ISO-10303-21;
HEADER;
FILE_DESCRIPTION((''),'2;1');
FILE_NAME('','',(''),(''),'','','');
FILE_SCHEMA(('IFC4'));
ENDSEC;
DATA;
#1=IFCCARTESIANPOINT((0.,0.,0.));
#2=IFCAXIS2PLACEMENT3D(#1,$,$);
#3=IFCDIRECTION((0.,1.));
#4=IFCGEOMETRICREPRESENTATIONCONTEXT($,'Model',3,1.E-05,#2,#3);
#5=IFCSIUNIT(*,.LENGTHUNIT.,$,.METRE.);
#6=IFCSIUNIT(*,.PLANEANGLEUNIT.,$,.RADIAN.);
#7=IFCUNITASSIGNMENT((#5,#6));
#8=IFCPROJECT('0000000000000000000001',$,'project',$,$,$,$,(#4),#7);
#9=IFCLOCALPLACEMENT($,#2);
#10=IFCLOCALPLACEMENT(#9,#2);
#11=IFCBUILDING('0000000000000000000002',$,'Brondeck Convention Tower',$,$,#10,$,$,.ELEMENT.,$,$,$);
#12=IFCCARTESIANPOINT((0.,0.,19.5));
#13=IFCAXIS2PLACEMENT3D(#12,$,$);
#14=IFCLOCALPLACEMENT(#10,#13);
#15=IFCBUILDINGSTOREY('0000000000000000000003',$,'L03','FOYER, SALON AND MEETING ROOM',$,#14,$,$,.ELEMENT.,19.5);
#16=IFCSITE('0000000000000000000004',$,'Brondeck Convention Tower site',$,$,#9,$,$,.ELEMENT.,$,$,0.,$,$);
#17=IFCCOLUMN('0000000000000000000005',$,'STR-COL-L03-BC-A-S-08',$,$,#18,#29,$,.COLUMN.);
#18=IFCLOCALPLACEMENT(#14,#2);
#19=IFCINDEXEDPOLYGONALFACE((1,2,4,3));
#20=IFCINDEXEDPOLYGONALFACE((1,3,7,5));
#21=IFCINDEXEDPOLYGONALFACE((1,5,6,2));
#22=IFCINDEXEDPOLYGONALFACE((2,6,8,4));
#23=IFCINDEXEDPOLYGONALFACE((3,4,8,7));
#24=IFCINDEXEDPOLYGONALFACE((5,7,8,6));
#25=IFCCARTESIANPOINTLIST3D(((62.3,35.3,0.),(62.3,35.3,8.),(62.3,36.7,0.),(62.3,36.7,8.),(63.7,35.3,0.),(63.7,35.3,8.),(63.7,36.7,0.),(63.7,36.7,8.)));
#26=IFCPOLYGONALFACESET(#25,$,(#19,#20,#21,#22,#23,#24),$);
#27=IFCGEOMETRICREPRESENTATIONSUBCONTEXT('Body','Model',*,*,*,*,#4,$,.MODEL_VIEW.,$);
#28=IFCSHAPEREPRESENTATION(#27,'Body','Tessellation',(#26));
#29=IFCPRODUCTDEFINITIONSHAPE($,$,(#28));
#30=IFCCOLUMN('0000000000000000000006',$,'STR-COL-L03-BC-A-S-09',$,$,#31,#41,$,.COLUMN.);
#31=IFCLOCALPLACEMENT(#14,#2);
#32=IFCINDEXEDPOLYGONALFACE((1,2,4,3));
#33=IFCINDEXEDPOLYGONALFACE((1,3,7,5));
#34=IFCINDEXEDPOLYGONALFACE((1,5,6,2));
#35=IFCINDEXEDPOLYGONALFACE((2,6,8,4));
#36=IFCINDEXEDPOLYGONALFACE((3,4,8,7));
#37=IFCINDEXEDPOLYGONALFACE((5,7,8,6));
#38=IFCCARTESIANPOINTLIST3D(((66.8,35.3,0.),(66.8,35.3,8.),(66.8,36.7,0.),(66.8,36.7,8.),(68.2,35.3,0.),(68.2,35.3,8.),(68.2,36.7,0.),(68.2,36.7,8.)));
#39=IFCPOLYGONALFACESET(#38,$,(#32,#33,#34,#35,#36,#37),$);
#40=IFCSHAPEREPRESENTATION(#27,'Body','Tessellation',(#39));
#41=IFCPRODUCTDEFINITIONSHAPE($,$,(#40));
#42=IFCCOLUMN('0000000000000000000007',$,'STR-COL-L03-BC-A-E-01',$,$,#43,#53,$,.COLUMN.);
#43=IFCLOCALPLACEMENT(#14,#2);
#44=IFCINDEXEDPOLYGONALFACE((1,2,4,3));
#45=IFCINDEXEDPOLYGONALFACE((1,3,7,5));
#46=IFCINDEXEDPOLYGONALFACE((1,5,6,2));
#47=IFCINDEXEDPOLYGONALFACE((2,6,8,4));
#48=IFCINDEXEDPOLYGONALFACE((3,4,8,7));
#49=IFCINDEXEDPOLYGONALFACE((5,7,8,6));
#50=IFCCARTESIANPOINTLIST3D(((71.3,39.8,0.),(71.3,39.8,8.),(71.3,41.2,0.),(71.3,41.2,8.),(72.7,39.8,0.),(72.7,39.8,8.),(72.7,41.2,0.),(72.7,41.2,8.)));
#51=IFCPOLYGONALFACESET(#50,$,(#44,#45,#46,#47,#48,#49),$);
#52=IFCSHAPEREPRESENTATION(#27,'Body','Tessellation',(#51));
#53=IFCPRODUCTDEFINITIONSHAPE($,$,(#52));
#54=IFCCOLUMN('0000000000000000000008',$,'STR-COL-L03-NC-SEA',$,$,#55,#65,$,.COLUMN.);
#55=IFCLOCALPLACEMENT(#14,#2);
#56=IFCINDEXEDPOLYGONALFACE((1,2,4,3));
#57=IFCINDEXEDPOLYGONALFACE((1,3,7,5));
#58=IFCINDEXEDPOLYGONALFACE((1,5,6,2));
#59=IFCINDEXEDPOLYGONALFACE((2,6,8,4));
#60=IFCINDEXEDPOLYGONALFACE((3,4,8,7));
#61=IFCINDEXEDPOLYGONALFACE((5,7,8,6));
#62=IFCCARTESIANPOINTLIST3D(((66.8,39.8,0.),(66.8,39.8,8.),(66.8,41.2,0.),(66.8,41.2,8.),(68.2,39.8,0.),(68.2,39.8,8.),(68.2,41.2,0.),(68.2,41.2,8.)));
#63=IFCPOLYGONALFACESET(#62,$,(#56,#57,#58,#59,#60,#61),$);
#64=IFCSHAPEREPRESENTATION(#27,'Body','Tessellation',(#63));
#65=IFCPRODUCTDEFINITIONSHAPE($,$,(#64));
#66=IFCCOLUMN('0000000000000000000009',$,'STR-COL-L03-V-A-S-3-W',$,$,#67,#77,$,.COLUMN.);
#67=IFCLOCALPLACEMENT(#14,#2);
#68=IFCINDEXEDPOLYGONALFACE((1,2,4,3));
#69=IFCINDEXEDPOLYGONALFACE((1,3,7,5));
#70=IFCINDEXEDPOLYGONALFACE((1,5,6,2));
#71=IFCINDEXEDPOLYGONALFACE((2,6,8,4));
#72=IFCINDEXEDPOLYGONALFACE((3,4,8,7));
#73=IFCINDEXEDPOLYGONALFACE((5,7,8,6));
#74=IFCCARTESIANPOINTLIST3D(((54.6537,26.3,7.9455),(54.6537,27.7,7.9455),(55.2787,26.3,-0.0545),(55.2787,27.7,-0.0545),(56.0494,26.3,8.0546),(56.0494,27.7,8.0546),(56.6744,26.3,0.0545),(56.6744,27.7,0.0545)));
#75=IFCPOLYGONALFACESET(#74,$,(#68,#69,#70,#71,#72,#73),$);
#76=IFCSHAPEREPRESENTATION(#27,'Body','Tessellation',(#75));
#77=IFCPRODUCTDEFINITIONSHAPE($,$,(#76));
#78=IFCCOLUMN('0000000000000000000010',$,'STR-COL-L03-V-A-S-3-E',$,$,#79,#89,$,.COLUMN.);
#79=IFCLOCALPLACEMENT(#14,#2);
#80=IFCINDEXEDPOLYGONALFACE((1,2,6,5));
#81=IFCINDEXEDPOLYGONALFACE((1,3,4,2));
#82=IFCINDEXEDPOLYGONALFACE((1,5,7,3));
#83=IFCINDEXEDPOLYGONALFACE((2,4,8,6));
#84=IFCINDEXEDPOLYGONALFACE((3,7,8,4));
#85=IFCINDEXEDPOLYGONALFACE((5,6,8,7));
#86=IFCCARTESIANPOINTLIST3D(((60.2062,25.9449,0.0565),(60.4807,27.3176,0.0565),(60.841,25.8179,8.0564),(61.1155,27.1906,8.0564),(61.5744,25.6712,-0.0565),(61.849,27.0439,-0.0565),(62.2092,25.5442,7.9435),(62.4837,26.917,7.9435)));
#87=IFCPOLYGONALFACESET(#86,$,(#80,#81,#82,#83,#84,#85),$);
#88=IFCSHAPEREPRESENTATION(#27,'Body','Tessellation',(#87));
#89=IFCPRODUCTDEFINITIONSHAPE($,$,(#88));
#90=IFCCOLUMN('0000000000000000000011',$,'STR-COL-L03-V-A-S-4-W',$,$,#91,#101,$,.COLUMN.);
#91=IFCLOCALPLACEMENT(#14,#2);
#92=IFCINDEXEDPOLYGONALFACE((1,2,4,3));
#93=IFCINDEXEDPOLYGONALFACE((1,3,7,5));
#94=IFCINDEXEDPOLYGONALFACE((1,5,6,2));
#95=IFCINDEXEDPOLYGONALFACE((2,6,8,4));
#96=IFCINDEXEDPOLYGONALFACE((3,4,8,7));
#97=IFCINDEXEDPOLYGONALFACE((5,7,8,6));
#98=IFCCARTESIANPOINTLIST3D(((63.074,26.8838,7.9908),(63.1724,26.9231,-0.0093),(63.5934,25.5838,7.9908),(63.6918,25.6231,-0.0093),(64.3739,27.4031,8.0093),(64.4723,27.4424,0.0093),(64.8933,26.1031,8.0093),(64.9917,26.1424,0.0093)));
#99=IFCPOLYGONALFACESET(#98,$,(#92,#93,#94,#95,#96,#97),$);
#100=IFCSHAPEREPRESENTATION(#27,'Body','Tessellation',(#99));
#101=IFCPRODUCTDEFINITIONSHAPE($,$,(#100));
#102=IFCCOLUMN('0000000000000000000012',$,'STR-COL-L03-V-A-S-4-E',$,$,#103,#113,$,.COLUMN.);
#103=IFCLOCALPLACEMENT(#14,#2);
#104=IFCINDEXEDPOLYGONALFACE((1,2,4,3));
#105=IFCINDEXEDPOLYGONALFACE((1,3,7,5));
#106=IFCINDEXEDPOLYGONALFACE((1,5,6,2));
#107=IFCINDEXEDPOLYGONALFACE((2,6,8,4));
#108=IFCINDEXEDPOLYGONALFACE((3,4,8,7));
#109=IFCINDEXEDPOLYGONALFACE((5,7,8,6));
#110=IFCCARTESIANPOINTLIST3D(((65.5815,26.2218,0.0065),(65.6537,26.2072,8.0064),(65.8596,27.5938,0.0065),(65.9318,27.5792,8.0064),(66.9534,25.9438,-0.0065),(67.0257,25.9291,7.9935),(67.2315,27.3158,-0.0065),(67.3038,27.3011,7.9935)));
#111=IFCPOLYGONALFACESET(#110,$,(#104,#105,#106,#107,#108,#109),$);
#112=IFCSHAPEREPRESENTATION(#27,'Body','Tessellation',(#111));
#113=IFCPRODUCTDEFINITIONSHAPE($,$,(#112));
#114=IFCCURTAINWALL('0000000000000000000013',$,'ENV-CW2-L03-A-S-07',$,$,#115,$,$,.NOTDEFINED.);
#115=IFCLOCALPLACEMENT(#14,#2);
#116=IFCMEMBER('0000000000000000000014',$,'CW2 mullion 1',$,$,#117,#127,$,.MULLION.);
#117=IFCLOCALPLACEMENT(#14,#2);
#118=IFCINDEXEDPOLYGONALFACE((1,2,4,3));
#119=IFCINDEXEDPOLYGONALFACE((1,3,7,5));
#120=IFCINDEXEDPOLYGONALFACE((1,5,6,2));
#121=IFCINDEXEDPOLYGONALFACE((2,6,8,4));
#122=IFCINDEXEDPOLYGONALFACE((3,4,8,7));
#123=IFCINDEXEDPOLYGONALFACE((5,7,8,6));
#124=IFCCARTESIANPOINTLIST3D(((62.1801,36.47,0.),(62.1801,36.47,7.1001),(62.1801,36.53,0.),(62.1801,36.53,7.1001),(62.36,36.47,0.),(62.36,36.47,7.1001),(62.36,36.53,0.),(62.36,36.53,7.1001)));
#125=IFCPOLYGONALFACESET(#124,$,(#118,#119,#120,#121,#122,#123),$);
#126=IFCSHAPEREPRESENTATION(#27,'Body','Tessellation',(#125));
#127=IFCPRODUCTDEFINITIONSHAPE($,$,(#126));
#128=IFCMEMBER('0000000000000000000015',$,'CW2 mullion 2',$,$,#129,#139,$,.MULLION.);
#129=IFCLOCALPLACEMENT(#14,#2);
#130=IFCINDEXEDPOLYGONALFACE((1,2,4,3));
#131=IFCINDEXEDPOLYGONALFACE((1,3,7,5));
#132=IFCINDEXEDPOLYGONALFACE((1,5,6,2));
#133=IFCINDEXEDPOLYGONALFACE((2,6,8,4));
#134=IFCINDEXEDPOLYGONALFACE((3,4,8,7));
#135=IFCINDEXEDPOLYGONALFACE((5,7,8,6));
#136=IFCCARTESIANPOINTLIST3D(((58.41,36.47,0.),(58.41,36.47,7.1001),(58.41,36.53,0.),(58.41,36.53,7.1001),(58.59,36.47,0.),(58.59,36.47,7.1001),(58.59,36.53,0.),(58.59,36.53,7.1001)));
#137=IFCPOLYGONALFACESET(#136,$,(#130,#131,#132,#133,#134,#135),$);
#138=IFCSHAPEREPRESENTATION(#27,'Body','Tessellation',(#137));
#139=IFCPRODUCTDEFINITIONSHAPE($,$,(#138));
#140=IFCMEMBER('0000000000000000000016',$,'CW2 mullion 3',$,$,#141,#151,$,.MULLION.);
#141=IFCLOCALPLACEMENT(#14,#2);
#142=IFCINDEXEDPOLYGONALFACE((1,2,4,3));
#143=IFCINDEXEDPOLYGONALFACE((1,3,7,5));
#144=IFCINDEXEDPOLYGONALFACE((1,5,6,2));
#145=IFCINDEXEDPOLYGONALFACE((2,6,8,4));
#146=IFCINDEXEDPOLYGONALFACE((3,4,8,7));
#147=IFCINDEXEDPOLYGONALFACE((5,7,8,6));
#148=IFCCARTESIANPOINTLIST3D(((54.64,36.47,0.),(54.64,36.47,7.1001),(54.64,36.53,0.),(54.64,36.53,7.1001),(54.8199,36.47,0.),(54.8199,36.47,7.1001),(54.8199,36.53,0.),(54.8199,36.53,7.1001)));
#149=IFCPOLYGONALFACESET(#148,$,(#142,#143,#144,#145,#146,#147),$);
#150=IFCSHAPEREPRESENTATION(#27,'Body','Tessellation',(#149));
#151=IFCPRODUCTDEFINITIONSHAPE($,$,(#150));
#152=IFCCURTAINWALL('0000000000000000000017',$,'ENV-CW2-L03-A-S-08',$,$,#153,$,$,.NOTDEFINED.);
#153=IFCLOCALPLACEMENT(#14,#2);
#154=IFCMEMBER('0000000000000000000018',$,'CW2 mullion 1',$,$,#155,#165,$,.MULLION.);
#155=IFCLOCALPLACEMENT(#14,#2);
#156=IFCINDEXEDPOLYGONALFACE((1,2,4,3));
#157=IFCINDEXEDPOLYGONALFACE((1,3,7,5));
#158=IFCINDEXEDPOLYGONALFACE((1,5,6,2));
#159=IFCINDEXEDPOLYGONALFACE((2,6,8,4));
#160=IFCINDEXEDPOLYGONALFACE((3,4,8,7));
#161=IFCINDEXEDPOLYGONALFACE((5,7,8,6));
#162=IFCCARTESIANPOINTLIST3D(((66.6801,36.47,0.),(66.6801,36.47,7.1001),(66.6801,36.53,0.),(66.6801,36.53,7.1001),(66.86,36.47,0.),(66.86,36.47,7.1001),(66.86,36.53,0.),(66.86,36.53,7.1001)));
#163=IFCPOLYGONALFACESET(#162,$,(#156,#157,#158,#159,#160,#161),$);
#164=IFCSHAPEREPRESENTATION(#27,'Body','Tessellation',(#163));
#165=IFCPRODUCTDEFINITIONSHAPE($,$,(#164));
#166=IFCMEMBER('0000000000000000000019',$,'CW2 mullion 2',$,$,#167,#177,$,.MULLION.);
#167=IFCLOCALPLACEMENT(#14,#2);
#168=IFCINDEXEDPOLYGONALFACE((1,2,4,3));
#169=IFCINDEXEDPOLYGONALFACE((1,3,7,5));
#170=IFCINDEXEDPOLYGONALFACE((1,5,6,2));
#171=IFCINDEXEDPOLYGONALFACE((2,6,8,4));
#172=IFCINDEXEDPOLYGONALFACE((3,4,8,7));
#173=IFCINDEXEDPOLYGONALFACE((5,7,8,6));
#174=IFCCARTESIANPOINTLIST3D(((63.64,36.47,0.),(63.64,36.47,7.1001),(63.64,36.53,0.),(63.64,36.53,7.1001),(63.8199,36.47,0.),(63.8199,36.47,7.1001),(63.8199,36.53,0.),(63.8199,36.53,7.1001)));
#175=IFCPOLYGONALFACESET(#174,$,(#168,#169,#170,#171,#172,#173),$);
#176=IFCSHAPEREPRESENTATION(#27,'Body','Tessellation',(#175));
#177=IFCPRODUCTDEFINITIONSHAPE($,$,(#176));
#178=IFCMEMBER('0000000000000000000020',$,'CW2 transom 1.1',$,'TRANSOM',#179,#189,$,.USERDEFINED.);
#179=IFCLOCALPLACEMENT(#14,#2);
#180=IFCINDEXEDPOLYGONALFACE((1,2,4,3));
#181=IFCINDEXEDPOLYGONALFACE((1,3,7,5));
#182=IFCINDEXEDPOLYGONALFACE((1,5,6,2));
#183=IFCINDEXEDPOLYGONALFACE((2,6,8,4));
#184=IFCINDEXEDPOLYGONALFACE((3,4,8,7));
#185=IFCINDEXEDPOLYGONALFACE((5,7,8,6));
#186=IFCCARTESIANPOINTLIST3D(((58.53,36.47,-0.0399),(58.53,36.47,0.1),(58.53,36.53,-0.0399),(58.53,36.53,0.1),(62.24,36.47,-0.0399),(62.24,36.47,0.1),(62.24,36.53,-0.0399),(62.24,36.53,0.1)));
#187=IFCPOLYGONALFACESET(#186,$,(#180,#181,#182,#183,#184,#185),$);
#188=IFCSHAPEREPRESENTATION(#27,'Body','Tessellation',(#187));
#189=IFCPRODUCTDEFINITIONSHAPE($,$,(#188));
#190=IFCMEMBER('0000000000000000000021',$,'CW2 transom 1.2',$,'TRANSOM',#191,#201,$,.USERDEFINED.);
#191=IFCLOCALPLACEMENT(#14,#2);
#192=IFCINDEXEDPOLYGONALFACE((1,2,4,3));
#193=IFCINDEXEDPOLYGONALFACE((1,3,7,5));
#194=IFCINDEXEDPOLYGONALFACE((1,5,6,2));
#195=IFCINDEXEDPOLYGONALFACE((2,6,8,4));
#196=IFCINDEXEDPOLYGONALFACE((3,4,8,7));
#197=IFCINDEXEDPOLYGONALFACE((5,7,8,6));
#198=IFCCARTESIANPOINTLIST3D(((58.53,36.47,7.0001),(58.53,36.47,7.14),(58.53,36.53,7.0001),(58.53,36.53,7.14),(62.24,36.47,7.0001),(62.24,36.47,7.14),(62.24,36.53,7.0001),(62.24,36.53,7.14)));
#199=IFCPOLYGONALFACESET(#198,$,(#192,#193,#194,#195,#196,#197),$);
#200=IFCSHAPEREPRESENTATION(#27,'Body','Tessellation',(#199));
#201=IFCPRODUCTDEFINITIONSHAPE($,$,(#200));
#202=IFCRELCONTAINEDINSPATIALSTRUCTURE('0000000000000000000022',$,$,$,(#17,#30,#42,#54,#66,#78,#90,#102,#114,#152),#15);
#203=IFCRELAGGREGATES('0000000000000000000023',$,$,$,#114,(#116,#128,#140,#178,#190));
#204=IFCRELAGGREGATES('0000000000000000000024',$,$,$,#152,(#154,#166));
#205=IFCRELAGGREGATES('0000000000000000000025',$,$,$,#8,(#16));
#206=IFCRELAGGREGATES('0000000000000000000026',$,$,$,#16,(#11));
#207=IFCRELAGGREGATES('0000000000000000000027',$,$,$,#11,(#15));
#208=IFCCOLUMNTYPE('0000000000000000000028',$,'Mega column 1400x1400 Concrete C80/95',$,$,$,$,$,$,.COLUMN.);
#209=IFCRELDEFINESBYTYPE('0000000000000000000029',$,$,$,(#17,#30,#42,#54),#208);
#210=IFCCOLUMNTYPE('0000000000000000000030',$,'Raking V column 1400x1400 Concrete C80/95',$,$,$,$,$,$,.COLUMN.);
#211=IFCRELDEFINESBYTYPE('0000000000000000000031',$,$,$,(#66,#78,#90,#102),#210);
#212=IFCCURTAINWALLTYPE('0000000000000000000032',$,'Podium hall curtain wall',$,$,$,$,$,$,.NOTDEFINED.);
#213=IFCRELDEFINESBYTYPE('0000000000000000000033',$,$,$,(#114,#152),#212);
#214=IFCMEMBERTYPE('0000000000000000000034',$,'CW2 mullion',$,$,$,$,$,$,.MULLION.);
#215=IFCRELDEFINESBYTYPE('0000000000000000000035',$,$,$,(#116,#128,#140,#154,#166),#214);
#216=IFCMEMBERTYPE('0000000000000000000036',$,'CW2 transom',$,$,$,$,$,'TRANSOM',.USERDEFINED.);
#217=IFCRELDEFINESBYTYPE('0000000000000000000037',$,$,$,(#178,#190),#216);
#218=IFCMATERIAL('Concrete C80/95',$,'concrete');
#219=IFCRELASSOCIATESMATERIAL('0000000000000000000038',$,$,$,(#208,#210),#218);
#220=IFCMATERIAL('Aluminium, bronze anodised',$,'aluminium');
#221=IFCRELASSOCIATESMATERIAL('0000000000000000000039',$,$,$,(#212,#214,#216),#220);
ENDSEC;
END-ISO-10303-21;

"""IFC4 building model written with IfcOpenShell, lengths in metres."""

from ifc_helpers import new_model, si_unit, direction, frame, origin, origin_2d, place, context, subcontext, project, spatial, rectangle, extrude, material, material_profile, profile_set, type_object, element, aggregate, save


model = new_model("IFC4")

# Units and contexts
model_context = context("Model", 3, precision=1e-05, world=origin(), true_north=direction((0.0, 1.0)))
body_context = subcontext(model_context, "Body", "Model", "MODEL_VIEW")
ifc_project = project(units=[si_unit("LENGTHUNIT", "METRE"), si_unit("PLANEANGLEUNIT", "RADIAN")], contexts=[model_context])

# Site, building, storey
site_placement = place(None, origin())
site = spatial("IfcSite", under=ifc_project, at=site_placement, Name="Brondeck Convention Tower site", CompositionType="ELEMENT", RefElevation=0.0)
building_placement = place(site_placement, origin())
building = spatial("IfcBuilding", under=site, at=building_placement, Name="Brondeck Convention Tower", CompositionType="ELEMENT")
storey_placement = place(building_placement, frame((0.0, 0.0, 19.5)))
storey = spatial("IfcBuildingStorey", under=building, at=storey_placement, Name="L03", Description="FOYER, SALON AND MEETING ROOM", CompositionType="ELEMENT", Elevation=19.5)

# Columns
ifc_material_1 = material(Name="Concrete C80/95", Category="concrete")
ifc_material_profile_1 = material_profile(ifc_material_1, rectangle(XDim=1.3999, YDim=1.3999, at=origin_2d()), Name="Mega column 1400x1400 Concrete C80/95")
ifc_profile_set_1 = profile_set([ifc_material_profile_1], Name="Concrete C80/95")
column_type_1 = type_object("IfcColumnType", Name="Mega column 1400x1400 Concrete C80/95", PredefinedType="COLUMN", material=ifc_profile_set_1)
for number, where, z_axis, x_axis, name in (
    (1, (63.0, 36.0, 0.0), (0.0, 0.0, 1.0), (1.0, 0.0, 0.0), "STR-COL-L03-BC-A-S-08"),
    (2, (67.5, 36.0, 0.0), (0.0, 0.0, 1.0), (1.0, 0.0, 0.0), "STR-COL-L03-BC-A-S-09"),
    (3, (72.0, 40.5, 0.0), (0.0, 0.0, 1.0), (1.0, 0.0, 0.0), "STR-COL-L03-BC-A-E-01"),
    (4, (67.5, 40.5, 0.0), (0.0, 0.0, 1.0), (1.0, 0.0, 0.0), "STR-COL-L03-NC-SEA"),
):
    element("IfcColumn", number, at=place(storey_placement, frame(where, z_axis=z_axis, x_axis=x_axis)), inside=storey, type_object=column_type_1, Name=name, PredefinedType="COLUMN", context=body_context, shape_type="SweptSolid", body=[
        extrude(rectangle(XDim=1.3999, YDim=1.3999, at=origin_2d()), origin(), (0.0, 0.0, 1.0), 8.0),
    ])
ifc_material_profile_2 = material_profile(ifc_material_1, rectangle(XDim=1.3999, YDim=1.3999, at=origin_2d()), Name="Raking V column 1400x1400 Concrete C80/95")
ifc_profile_set_2 = profile_set([ifc_material_profile_2], Name="Concrete C80/95")
column_type_2 = type_object("IfcColumnType", Name="Raking V column 1400x1400 Concrete C80/95", PredefinedType="COLUMN", material=ifc_profile_set_2)
column_1_placement = place(storey_placement, frame((55.9766, 27.0, 0.0), z_axis=(-0.077888, 0.0, 0.996962), x_axis=(0.0, -1.0, 0.0)))
element("IfcColumn", 5, at=column_1_placement, inside=storey, type_object=column_type_2, Name="STR-COL-L03-V-A-S-3-W", PredefinedType="COLUMN", context=body_context, shape_type="SweptSolid", body=[
    extrude(rectangle(XDim=1.3999, YDim=1.3999, at=origin_2d()), origin(), (0.0, 0.0, 1.0), 8.0244),
])
column_2_placement = place(storey_placement, frame((61.0276, 26.4944, 0.0), z_axis=(0.079087, -0.015817, 0.996742), x_axis=(0.196116, 0.980581, 0.0)))
element("IfcColumn", 6, at=column_2_placement, inside=storey, type_object=column_type_2, Name="STR-COL-L03-V-A-S-3-E", PredefinedType="COLUMN", context=body_context, shape_type="SweptSolid", body=[
    extrude(rectangle(XDim=1.3999, YDim=1.3999, at=origin_2d()), origin(), (0.0, 0.0, 1.0), 8.0261),
])
column_3_placement = place(storey_placement, frame((64.082, 26.5327, 0.0), z_axis=(-0.012298, -0.004913, 0.999912), x_axis=(0.370993, -0.928636, 0.0)))
element("IfcColumn", 7, at=column_3_placement, inside=storey, type_object=column_type_2, Name="STR-COL-L03-V-A-S-4-W", PredefinedType="COLUMN", context=body_context, shape_type="SweptSolid", body=[
    extrude(rectangle(XDim=1.3999, YDim=1.3999, at=origin_2d()), origin(), (0.0, 0.0, 1.0), 8.0007),
])
column_4_placement = place(storey_placement, frame((66.4065, 26.7688, 0.0), z_axis=(0.009033, -0.001831, 0.999958), x_axis=(0.198662, 0.980068, 0.0)))
element("IfcColumn", 8, at=column_4_placement, inside=storey, type_object=column_type_2, Name="STR-COL-L03-V-A-S-4-E", PredefinedType="COLUMN", context=body_context, shape_type="SweptSolid", body=[
    extrude(rectangle(XDim=1.3999, YDim=1.3999, at=origin_2d()), origin(), (0.0, 0.0, 1.0), 8.0002),
])

# Curtain walls, members
ifc_material_2 = material(Name="Aluminium, bronze anodised", Category="aluminium")
curtain_wall_type = type_object("IfcCurtainWallType", Name="Podium hall curtain wall", PredefinedType="NOTDEFINED", material=ifc_material_2)
curtain_wall_1_placement = place(storey_placement, origin())
curtain_wall_1 = element("IfcCurtainWall", 9, at=curtain_wall_1_placement, inside=storey, type_object=curtain_wall_type, Name="ENV-CW2-L03-A-S-07", PredefinedType="NOTDEFINED")
ifc_material_profile_3 = material_profile(ifc_material_2, rectangle(XDim=0.0601, YDim=0.1799, at=origin_2d()), Name="CW2 mullion")
ifc_profile_set_3 = profile_set([ifc_material_profile_3], Name="Aluminium, bronze anodised")
member_type_1 = type_object("IfcMemberType", Name="CW2 mullion", PredefinedType="MULLION", material=ifc_profile_set_3)
member_1_placement = place(storey_placement, frame((62.27, 36.5, 0.0), z_axis=(0.0, 0.0, 1.0), x_axis=(0.0, -1.0, 0.0)))
member_1 = element("IfcMember", 10, at=member_1_placement, type_object=member_type_1, Name="CW2 mullion 1", PredefinedType="MULLION", context=body_context, shape_type="SweptSolid", body=[
    extrude(rectangle(XDim=0.0601, YDim=0.1799, at=origin_2d()), origin(), (0.0, 0.0, 1.0), 7.1001),
])
member_2_placement = place(storey_placement, frame((58.5, 36.5, 0.0), z_axis=(0.0, 0.0, 1.0), x_axis=(0.0, -1.0, 0.0)))
member_2 = element("IfcMember", 11, at=member_2_placement, type_object=member_type_1, Name="CW2 mullion 2", PredefinedType="MULLION", context=body_context, shape_type="SweptSolid", body=[
    extrude(rectangle(XDim=0.0601, YDim=0.1799, at=origin_2d()), origin(), (0.0, 0.0, 1.0), 7.1001),
])
member_3_placement = place(storey_placement, frame((54.73, 36.5, 0.0), z_axis=(0.0, 0.0, 1.0), x_axis=(0.0, -1.0, 0.0)))
member_3 = element("IfcMember", 12, at=member_3_placement, type_object=member_type_1, Name="CW2 mullion 3", PredefinedType="MULLION", context=body_context, shape_type="SweptSolid", body=[
    extrude(rectangle(XDim=0.0601, YDim=0.1799, at=origin_2d()), origin(), (0.0, 0.0, 1.0), 7.1001),
])
curtain_wall_2_placement = place(storey_placement, origin())
curtain_wall_2 = element("IfcCurtainWall", 13, at=curtain_wall_2_placement, inside=storey, type_object=curtain_wall_type, Name="ENV-CW2-L03-A-S-08", PredefinedType="NOTDEFINED")
member_4_placement = place(storey_placement, frame((66.77, 36.5, 0.0), z_axis=(0.0, 0.0, 1.0), x_axis=(0.0, -1.0, 0.0)))
member_4 = element("IfcMember", 14, at=member_4_placement, type_object=member_type_1, Name="CW2 mullion 1", PredefinedType="MULLION", context=body_context, shape_type="SweptSolid", body=[
    extrude(rectangle(XDim=0.0601, YDim=0.1799, at=origin_2d()), origin(), (0.0, 0.0, 1.0), 7.1001),
])
member_5_placement = place(storey_placement, frame((63.73, 36.5, 0.0), z_axis=(0.0, 0.0, 1.0), x_axis=(0.0, -1.0, 0.0)))
member_5 = element("IfcMember", 15, at=member_5_placement, type_object=member_type_1, Name="CW2 mullion 2", PredefinedType="MULLION", context=body_context, shape_type="SweptSolid", body=[
    extrude(rectangle(XDim=0.0601, YDim=0.1799, at=origin_2d()), origin(), (0.0, 0.0, 1.0), 7.1001),
])

# Members
ifc_material_profile_4 = material_profile(ifc_material_2, rectangle(XDim=0.0601, YDim=0.1399, at=origin_2d()), Name="CW2 transom")
ifc_profile_set_4 = profile_set([ifc_material_profile_4], Name="Aluminium, bronze anodised")
member_type_2 = type_object("IfcMemberType", Name="CW2 transom", ElementType="TRANSOM", PredefinedType="USERDEFINED", material=ifc_profile_set_4)
member_6_placement = place(storey_placement, frame((62.24, 36.5, 0.03), z_axis=(-1.0, 0.0, 0.0), x_axis=(0.0, -1.0, 0.0)))
member_6 = element("IfcMember", 16, at=member_6_placement, type_object=member_type_2, Name="CW2 transom 1.1", ObjectType="TRANSOM", PredefinedType="USERDEFINED", context=body_context, shape_type="SweptSolid", body=[
    extrude(rectangle(XDim=0.0601, YDim=0.1399, at=origin_2d()), origin(), (0.0, 0.0, 1.0), 3.71),
])
member_7_placement = place(storey_placement, frame((62.24, 36.5, 7.0701), z_axis=(-1.0, 0.0, 0.0), x_axis=(0.0, -1.0, 0.0)))
member_7 = element("IfcMember", 17, at=member_7_placement, type_object=member_type_2, Name="CW2 transom 1.2", ObjectType="TRANSOM", PredefinedType="USERDEFINED", context=body_context, shape_type="SweptSolid", body=[
    extrude(rectangle(XDim=0.0601, YDim=0.1399, at=origin_2d()), origin(), (0.0, 0.0, 1.0), 3.71),
])

aggregate(curtain_wall_1, [member_1, member_2, member_3, member_6, member_7])
aggregate(curtain_wall_2, [member_4, member_5])

save(model, "model.ifc")
